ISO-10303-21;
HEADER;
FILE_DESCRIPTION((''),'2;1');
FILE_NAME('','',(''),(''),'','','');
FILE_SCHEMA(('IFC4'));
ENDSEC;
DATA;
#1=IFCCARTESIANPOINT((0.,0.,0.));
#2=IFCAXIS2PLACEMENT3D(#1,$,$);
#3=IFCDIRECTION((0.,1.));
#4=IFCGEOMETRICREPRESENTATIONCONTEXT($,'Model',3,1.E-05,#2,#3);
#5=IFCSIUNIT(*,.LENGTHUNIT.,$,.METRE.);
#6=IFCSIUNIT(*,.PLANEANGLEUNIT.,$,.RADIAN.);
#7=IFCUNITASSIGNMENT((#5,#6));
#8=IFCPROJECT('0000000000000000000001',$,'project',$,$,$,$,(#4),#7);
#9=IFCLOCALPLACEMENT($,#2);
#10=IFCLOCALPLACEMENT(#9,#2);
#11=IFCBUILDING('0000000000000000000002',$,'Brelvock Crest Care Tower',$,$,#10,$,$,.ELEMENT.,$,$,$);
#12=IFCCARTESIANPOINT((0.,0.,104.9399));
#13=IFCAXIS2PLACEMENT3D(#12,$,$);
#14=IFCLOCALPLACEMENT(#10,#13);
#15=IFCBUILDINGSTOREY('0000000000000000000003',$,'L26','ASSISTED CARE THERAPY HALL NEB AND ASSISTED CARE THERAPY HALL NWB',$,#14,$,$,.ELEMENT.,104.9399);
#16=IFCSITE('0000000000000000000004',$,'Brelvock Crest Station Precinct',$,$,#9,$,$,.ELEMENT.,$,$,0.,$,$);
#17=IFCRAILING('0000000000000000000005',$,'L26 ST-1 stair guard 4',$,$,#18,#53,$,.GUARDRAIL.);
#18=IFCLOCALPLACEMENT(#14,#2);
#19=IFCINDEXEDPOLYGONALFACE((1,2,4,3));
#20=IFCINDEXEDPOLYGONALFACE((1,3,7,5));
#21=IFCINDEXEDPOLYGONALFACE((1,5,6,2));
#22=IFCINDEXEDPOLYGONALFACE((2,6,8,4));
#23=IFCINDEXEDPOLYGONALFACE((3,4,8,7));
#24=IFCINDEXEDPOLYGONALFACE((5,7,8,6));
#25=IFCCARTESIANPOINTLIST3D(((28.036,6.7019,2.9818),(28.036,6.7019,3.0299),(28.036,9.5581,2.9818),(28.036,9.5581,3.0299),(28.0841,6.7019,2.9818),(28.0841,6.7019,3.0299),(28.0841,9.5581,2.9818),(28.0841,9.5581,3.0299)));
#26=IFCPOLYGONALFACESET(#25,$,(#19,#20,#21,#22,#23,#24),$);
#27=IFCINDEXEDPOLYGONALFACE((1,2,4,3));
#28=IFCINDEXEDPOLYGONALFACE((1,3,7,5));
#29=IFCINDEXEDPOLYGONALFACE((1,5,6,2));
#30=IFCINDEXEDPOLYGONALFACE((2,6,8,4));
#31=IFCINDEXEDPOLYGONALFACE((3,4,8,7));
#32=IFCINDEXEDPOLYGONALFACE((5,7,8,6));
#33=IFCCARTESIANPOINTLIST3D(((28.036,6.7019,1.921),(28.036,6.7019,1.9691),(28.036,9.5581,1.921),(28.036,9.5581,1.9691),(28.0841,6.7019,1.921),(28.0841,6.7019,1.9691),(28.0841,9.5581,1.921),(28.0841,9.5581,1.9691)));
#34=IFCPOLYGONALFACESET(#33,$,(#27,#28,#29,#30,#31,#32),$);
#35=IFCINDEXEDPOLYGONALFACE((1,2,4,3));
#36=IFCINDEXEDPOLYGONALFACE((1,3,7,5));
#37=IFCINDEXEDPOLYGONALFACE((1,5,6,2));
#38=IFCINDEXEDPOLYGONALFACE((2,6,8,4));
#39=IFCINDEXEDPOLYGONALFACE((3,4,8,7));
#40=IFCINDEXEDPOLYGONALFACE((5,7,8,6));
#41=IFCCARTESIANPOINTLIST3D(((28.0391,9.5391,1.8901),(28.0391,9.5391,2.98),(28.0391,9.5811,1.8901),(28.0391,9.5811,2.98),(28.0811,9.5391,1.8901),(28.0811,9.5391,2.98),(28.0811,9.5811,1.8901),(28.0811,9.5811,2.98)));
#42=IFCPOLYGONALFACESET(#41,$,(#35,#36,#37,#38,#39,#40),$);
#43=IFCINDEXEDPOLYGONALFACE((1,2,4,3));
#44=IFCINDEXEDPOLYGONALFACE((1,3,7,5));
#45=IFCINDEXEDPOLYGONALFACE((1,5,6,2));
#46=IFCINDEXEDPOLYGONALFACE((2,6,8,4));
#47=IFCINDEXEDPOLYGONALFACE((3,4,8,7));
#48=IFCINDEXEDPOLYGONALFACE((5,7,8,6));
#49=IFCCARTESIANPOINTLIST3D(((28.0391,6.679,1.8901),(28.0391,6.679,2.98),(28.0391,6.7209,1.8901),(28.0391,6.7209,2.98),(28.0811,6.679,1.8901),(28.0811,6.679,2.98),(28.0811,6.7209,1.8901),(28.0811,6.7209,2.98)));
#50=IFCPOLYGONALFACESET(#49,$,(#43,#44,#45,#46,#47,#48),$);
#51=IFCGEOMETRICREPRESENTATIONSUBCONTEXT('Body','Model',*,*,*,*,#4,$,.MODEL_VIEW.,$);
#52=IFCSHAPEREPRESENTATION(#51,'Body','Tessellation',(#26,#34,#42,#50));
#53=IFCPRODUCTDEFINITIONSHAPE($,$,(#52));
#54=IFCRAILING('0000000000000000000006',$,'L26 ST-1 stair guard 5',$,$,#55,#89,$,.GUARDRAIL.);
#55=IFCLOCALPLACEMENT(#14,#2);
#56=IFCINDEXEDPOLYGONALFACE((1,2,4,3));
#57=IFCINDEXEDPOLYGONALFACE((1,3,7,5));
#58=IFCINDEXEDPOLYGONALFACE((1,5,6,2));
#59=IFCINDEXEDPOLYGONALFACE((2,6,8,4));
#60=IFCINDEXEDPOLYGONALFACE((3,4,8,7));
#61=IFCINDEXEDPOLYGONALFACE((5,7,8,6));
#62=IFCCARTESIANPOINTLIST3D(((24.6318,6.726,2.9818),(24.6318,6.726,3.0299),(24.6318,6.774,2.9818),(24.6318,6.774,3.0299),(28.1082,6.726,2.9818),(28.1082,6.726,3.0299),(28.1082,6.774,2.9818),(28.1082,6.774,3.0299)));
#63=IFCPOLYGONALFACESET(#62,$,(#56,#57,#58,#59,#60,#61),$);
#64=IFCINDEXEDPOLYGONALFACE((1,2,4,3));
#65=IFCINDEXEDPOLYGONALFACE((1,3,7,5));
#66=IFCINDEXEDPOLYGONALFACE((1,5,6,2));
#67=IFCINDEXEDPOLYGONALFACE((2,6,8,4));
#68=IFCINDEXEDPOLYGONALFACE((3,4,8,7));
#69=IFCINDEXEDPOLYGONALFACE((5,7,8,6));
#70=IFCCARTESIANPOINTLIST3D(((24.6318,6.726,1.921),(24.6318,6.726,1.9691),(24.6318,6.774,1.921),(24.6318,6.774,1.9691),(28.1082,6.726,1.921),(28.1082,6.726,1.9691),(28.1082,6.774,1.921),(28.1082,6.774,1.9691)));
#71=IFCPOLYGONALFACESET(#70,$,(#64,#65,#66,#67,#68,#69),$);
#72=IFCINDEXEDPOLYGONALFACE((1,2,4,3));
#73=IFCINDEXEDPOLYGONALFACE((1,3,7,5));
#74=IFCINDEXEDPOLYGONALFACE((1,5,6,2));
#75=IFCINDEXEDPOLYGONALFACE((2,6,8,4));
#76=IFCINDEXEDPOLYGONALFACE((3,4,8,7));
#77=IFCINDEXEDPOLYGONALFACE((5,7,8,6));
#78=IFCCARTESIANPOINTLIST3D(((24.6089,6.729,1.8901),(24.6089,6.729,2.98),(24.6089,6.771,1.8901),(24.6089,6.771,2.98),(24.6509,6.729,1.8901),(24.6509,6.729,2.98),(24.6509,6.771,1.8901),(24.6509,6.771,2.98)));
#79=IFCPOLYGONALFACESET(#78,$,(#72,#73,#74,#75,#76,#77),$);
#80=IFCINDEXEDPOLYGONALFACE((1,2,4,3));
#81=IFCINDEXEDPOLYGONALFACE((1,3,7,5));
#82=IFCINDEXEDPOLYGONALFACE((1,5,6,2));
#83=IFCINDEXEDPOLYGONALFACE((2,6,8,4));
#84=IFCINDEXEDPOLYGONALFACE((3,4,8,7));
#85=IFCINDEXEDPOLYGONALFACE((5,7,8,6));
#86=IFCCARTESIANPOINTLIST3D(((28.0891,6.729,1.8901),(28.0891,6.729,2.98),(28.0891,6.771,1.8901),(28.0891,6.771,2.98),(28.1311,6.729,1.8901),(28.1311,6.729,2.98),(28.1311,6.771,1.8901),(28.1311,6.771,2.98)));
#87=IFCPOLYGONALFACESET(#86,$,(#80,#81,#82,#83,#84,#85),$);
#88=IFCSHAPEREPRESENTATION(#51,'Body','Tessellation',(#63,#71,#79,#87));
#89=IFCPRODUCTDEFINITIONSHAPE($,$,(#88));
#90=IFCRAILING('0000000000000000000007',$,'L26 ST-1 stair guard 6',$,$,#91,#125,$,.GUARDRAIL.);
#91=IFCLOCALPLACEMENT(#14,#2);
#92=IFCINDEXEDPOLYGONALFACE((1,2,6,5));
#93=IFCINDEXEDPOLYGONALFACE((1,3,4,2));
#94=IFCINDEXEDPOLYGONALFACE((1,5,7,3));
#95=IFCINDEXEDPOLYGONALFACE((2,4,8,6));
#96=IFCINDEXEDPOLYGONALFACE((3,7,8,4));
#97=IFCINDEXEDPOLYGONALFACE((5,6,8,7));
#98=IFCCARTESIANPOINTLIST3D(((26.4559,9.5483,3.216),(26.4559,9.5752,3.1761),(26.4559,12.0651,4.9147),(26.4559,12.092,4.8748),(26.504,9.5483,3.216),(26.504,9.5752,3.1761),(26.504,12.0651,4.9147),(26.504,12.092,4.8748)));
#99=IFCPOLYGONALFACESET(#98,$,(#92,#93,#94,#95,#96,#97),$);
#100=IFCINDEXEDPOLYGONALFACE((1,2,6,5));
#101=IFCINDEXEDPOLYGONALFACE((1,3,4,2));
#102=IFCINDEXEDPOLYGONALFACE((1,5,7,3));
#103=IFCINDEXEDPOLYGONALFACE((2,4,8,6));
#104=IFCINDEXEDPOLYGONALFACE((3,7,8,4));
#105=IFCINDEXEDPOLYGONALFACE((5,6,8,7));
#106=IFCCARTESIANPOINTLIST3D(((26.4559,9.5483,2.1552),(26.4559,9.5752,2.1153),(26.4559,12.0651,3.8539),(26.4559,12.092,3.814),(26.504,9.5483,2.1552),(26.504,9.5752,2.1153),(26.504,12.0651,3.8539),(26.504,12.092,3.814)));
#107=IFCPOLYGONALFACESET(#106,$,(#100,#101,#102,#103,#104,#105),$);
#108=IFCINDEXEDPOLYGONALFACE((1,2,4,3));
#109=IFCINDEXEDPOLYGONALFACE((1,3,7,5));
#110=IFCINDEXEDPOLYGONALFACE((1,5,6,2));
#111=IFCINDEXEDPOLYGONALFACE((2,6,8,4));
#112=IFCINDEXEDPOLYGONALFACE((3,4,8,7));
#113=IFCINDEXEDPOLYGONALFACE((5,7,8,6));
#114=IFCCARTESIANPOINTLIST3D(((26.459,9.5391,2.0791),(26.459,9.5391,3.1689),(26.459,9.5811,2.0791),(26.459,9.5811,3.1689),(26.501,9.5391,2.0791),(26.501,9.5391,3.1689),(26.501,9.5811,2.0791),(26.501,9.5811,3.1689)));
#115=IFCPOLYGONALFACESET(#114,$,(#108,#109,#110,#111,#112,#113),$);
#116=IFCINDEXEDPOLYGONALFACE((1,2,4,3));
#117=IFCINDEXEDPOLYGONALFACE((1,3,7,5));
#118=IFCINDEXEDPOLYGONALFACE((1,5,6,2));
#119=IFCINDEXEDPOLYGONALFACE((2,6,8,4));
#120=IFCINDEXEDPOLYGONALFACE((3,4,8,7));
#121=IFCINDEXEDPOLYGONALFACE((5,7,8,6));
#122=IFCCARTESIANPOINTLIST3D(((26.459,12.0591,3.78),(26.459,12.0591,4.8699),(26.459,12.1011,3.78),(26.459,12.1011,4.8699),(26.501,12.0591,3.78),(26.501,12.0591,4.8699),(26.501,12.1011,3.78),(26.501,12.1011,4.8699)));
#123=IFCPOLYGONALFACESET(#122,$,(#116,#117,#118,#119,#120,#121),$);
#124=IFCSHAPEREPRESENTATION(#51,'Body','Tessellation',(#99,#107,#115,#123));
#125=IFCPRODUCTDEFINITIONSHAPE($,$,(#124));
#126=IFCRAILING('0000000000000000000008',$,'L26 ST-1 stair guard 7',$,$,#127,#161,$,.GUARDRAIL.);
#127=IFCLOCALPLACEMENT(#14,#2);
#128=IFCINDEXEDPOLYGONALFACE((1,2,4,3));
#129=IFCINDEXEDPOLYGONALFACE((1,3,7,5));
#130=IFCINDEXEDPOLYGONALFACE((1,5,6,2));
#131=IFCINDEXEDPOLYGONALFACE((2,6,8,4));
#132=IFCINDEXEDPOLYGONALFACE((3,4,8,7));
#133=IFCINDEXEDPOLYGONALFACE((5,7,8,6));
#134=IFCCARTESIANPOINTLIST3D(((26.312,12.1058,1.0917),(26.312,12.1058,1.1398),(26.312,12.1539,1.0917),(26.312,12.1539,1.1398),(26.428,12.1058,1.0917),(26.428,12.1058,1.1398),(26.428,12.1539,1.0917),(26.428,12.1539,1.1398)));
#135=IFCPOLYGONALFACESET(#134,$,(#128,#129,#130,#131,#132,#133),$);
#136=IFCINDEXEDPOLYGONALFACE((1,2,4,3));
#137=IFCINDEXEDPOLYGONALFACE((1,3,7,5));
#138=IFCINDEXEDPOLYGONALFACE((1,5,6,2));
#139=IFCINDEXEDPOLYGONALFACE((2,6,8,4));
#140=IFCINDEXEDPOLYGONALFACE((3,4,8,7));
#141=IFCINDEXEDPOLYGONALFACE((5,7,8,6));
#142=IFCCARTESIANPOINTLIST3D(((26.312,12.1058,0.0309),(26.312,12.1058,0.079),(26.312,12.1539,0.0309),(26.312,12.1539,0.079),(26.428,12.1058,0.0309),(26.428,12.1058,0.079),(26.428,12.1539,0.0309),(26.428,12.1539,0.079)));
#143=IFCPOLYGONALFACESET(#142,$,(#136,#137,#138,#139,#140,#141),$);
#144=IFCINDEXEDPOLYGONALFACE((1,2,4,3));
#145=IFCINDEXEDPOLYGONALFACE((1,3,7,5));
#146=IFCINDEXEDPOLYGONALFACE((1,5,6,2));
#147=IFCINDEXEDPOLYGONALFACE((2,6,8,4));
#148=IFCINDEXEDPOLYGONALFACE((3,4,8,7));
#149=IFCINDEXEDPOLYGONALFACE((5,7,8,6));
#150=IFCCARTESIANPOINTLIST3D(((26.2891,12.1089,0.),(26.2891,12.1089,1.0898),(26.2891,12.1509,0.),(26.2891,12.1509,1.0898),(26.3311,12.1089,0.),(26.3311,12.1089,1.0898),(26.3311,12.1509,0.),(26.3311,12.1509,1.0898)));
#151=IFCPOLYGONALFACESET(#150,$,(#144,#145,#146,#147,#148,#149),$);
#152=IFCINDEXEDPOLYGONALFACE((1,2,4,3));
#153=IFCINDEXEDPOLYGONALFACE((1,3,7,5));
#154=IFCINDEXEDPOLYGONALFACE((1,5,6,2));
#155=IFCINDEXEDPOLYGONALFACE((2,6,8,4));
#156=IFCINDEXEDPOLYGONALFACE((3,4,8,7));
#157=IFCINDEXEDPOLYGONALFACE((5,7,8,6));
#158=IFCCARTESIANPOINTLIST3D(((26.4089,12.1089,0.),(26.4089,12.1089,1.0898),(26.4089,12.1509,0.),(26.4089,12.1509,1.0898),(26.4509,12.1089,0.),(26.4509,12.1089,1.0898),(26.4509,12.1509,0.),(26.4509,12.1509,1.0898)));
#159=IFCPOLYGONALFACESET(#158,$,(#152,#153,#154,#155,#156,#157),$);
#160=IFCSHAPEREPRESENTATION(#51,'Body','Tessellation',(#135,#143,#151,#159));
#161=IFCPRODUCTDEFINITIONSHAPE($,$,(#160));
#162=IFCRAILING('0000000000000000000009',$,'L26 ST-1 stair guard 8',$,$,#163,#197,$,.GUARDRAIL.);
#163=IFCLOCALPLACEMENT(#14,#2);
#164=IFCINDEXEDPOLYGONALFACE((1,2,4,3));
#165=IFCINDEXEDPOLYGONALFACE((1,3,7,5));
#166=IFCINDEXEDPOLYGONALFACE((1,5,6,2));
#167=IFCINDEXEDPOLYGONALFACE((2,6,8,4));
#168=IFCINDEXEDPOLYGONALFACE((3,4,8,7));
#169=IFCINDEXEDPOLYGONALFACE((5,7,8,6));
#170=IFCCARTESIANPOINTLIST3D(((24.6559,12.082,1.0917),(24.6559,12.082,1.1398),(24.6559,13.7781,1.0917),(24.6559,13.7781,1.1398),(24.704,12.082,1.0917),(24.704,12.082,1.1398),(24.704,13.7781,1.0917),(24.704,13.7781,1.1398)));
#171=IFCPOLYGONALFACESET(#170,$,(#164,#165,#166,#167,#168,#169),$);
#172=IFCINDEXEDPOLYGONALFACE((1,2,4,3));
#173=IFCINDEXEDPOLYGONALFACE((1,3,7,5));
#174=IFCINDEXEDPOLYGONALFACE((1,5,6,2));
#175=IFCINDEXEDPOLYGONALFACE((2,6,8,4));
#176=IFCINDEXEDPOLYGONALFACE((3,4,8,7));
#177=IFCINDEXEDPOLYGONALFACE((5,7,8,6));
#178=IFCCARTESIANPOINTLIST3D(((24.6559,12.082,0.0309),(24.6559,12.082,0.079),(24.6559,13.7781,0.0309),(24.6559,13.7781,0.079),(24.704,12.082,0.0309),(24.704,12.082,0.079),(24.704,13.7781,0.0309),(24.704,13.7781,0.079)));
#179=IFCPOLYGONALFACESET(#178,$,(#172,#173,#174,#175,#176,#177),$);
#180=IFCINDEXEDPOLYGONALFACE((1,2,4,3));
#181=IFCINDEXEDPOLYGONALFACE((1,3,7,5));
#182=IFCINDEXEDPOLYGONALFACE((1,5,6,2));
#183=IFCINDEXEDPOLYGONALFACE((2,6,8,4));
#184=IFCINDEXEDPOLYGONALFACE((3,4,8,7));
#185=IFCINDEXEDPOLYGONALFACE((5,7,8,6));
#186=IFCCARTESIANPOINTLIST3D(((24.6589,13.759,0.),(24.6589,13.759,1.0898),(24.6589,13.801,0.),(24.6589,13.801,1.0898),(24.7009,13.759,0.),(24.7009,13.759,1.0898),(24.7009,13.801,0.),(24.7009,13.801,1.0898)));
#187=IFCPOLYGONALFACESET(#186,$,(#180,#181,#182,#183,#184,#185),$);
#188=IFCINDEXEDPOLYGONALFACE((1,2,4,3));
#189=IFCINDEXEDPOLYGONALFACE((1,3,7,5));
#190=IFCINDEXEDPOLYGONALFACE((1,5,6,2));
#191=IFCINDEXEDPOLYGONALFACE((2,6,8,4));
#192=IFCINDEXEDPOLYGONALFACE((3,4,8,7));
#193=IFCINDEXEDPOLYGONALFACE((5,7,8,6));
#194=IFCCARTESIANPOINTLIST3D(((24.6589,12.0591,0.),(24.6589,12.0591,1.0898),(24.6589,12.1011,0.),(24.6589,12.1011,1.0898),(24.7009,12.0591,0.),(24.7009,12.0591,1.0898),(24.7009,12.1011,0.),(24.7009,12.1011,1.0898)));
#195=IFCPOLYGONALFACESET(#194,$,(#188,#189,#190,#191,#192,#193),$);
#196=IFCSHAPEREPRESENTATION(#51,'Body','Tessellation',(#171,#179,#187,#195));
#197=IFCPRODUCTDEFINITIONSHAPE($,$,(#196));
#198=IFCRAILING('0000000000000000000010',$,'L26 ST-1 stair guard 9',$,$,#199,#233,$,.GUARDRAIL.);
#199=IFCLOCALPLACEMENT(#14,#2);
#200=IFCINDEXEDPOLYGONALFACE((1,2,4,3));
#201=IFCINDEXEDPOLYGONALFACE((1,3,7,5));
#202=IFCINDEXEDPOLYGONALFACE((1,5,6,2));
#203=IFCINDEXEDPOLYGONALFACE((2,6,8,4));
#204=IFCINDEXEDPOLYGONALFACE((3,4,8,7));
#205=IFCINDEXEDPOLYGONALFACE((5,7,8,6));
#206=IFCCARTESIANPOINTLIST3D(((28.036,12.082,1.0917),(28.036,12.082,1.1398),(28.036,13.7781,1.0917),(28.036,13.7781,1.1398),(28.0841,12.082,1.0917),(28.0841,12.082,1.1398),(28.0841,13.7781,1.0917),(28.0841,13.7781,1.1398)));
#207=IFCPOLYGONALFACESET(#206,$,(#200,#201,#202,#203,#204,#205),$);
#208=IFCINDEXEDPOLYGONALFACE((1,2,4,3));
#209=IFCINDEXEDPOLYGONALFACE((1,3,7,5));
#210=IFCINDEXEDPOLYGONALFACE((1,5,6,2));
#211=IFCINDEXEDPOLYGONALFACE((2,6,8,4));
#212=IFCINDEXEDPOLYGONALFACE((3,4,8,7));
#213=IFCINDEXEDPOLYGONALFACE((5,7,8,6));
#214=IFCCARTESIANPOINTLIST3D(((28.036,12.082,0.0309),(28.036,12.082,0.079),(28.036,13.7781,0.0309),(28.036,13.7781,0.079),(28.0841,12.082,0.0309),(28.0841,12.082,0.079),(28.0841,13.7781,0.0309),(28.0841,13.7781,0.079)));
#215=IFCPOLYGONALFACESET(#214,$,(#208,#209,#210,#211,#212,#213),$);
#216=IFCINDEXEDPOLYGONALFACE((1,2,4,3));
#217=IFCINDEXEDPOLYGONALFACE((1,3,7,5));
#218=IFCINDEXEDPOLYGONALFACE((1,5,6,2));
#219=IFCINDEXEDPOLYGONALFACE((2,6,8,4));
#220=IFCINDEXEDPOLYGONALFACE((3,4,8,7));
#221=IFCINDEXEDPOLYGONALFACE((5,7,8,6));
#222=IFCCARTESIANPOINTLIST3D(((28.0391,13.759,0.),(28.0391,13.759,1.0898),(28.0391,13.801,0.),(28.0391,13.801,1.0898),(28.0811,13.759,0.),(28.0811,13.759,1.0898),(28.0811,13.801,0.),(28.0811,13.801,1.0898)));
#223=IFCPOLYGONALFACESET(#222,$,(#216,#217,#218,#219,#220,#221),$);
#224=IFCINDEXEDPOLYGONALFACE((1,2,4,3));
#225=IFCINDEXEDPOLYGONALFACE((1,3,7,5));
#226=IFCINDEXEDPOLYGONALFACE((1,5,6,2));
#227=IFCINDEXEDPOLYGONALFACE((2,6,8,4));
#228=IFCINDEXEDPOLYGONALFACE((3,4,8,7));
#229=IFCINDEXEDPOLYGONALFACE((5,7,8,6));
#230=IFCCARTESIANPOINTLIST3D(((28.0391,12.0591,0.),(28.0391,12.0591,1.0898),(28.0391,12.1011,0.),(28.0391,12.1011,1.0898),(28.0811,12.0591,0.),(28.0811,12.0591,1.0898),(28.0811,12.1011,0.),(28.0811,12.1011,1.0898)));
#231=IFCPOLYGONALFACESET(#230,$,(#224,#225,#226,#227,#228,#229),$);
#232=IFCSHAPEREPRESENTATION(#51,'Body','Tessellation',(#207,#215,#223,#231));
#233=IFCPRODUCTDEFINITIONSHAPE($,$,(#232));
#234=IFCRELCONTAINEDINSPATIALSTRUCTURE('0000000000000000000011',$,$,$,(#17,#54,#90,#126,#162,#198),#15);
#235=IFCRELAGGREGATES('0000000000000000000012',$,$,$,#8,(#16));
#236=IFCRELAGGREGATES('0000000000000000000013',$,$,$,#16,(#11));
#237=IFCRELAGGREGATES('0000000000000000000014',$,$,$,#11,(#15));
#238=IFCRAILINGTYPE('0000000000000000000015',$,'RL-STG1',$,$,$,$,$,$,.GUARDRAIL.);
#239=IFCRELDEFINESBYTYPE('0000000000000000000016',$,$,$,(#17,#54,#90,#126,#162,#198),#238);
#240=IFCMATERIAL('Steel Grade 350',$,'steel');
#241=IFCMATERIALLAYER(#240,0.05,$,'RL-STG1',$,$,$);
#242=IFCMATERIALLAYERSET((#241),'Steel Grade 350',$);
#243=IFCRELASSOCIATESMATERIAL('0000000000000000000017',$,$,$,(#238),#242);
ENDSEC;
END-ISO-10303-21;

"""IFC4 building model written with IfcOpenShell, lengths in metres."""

from ifc_helpers import new_model, si_unit, direction, frame, origin, origin_2d, place, context, subcontext, project, spatial, rectangle, extrude, material, layer, layer_set, type_object, element, save


model = new_model("IFC4")

# Units and contexts
model_context = context("Model", 3, precision=1e-05, world=origin(), true_north=direction((0.0, 1.0)))
body_context = subcontext(model_context, "Body", "Model", "MODEL_VIEW")
ifc_project = project(units=[si_unit("LENGTHUNIT", "METRE"), si_unit("PLANEANGLEUNIT", "RADIAN")], contexts=[model_context])

# Site, building, storey
site_placement = place(None, origin())
site = spatial("IfcSite", under=ifc_project, at=site_placement, Name="Brelvock Crest Station Precinct", CompositionType="ELEMENT", RefElevation=0.0)
building_placement = place(site_placement, origin())
building = spatial("IfcBuilding", under=site, at=building_placement, Name="Brelvock Crest Care Tower", CompositionType="ELEMENT")
storey_placement = place(building_placement, frame((0.0, 0.0, 104.9399)))
storey = spatial("IfcBuildingStorey", under=building, at=storey_placement, Name="L26", Description="ASSISTED CARE THERAPY HALL NEB AND ASSISTED CARE THERAPY HALL NWB", CompositionType="ELEMENT", Elevation=104.9399)

# Shared definitions
ifc_material_1 = material(Name="Steel Grade 350", Category="steel")

# Railings
ifc_layer_1 = layer(ifc_material_1, 0.05, Name="RL-STG1")
ifc_layer_set_1 = layer_set([ifc_layer_1], Name="Steel Grade 350")
railing_type_1 = type_object("IfcRailingType", Name="RL-STG1", PredefinedType="GUARDRAIL", material=ifc_layer_set_1)
for number, where, name in (
    (1, (28.0601, 9.5601, 1.8901), "L26 ST-1 stair guard 4"),
):
    element("IfcRailing", number, at=place(storey_placement, frame(where)), inside=storey, type_object=railing_type_1, Name=name, PredefinedType="GUARDRAIL", context=body_context, shape_type="SweptSolid", body=[
        extrude(rectangle(XDim=0.0481, YDim=0.0481, at=origin_2d()), frame((0.0, -0.002, 1.1157), z_axis=(0.0, -1.0, 0.0), x_axis=(1.0, 0.0, 0.0)), (0.0, 0.0, 1.0), 2.8562),
        extrude(rectangle(XDim=0.0481, YDim=0.0481, at=origin_2d()), frame((0.0, -0.002, 0.0549), z_axis=(0.0, -1.0, 0.0), x_axis=(1.0, 0.0, 0.0)), (0.0, 0.0, 1.0), 2.8562),
        extrude(rectangle(XDim=0.042, YDim=0.042, at=origin_2d()), origin(), (0.0, 0.0, 1.0), 1.0898),
        extrude(rectangle(XDim=0.042, YDim=0.042, at=origin_2d()), frame((0.0, -2.8601, 0.0)), (0.0, 0.0, 1.0), 1.0898),
    ])
railing_1_placement = place(storey_placement, frame((24.6299, 6.75, 1.8901)))
element("IfcRailing", 2, at=railing_1_placement, inside=storey, type_object=railing_type_1, Name="L26 ST-1 stair guard 5", PredefinedType="GUARDRAIL", context=body_context, shape_type="SweptSolid", body=[
    extrude(rectangle(XDim=0.0481, YDim=0.0481, at=origin_2d()), frame((0.002, 0.0, 1.1157), z_axis=(1.0, 0.0, 0.0), x_axis=(0.0, 1.0, 0.0)), (0.0, 0.0, 1.0), 3.4763),
    extrude(rectangle(XDim=0.0481, YDim=0.0481, at=origin_2d()), frame((0.002, 0.0, 0.0549), z_axis=(1.0, 0.0, 0.0), x_axis=(0.0, 1.0, 0.0)), (0.0, 0.0, 1.0), 3.4763),
    extrude(rectangle(XDim=0.042, YDim=0.042, at=origin_2d()), origin(), (0.0, 0.0, 1.0), 1.0898),
    extrude(rectangle(XDim=0.042, YDim=0.042, at=origin_2d()), frame((3.4802, 0.0, 0.0)), (0.0, 0.0, 1.0), 1.0898),
])
railing_2_placement = place(storey_placement, frame((26.48, 9.5601, 2.0791)))
element("IfcRailing", 3, at=railing_2_placement, inside=storey, type_object=railing_type_1, Name="L26 ST-1 stair guard 6", PredefinedType="GUARDRAIL", context=body_context, shape_type="SweptSolid", body=[
    extrude(rectangle(XDim=0.0481, YDim=0.0481, at=origin_2d()), frame((0.0, 0.0017, 1.1169), z_axis=(0.0, 0.828862, 0.559454), x_axis=(-1.0, 0.0, 0.0)), (0.0, 0.0, 1.0), 3.0364),
    extrude(rectangle(XDim=0.0481, YDim=0.0481, at=origin_2d()), frame((0.0, 0.0017, 0.0562), z_axis=(0.0, 0.828862, 0.559454), x_axis=(-1.0, 0.0, 0.0)), (0.0, 0.0, 1.0), 3.0364),
    extrude(rectangle(XDim=0.042, YDim=0.042, at=origin_2d()), origin(), (0.0, 0.0, 1.0), 1.0898),
    extrude(rectangle(XDim=0.042, YDim=0.042, at=origin_2d()), frame((0.0, 2.52, 1.7009)), (0.0, 0.0, 1.0), 1.0898),
])
railing_3_placement = place(storey_placement, frame((26.3101, 12.1299, 0.0)))
element("IfcRailing", 4, at=railing_3_placement, inside=storey, type_object=railing_type_1, Name="L26 ST-1 stair guard 7", PredefinedType="GUARDRAIL", context=body_context, shape_type="SweptSolid", body=[
    extrude(rectangle(XDim=0.0481, YDim=0.0481, at=origin_2d()), frame((0.002, 0.0, 1.1157), z_axis=(1.0, 0.0, 0.0), x_axis=(0.0, 1.0, 0.0)), (0.0, 0.0, 1.0), 0.116),
    extrude(rectangle(XDim=0.0481, YDim=0.0481, at=origin_2d()), frame((0.002, 0.0, 0.0549), z_axis=(1.0, 0.0, 0.0), x_axis=(0.0, 1.0, 0.0)), (0.0, 0.0, 1.0), 0.116),
    extrude(rectangle(XDim=0.042, YDim=0.042, at=origin_2d()), origin(), (0.0, 0.0, 1.0), 1.0898),
    extrude(rectangle(XDim=0.042, YDim=0.042, at=origin_2d()), frame((0.1199, 0.0, 0.0)), (0.0, 0.0, 1.0), 1.0898),
])
for number, where, name in (
    (5, (24.6799, 13.78, 0.0), "L26 ST-1 stair guard 8"),
    (6, (28.0601, 13.78, 0.0), "L26 ST-1 stair guard 9"),
):
    element("IfcRailing", number, at=place(storey_placement, frame(where)), inside=storey, type_object=railing_type_1, Name=name, PredefinedType="GUARDRAIL", context=body_context, shape_type="SweptSolid", body=[
        extrude(rectangle(XDim=0.0481, YDim=0.0481, at=origin_2d()), frame((0.0, -0.002, 1.1157), z_axis=(0.0, -1.0, 0.0), x_axis=(1.0, 0.0, 0.0)), (0.0, 0.0, 1.0), 1.696),
        extrude(rectangle(XDim=0.0481, YDim=0.0481, at=origin_2d()), frame((0.0, -0.002, 0.0549), z_axis=(0.0, -1.0, 0.0), x_axis=(1.0, 0.0, 0.0)), (0.0, 0.0, 1.0), 1.696),
        extrude(rectangle(XDim=0.042, YDim=0.042, at=origin_2d()), origin(), (0.0, 0.0, 1.0), 1.0898),
        extrude(rectangle(XDim=0.042, YDim=0.042, at=origin_2d()), frame((0.0, -1.7, 0.0)), (0.0, 0.0, 1.0), 1.0898),
    ])

save(model, "model.ifc")
